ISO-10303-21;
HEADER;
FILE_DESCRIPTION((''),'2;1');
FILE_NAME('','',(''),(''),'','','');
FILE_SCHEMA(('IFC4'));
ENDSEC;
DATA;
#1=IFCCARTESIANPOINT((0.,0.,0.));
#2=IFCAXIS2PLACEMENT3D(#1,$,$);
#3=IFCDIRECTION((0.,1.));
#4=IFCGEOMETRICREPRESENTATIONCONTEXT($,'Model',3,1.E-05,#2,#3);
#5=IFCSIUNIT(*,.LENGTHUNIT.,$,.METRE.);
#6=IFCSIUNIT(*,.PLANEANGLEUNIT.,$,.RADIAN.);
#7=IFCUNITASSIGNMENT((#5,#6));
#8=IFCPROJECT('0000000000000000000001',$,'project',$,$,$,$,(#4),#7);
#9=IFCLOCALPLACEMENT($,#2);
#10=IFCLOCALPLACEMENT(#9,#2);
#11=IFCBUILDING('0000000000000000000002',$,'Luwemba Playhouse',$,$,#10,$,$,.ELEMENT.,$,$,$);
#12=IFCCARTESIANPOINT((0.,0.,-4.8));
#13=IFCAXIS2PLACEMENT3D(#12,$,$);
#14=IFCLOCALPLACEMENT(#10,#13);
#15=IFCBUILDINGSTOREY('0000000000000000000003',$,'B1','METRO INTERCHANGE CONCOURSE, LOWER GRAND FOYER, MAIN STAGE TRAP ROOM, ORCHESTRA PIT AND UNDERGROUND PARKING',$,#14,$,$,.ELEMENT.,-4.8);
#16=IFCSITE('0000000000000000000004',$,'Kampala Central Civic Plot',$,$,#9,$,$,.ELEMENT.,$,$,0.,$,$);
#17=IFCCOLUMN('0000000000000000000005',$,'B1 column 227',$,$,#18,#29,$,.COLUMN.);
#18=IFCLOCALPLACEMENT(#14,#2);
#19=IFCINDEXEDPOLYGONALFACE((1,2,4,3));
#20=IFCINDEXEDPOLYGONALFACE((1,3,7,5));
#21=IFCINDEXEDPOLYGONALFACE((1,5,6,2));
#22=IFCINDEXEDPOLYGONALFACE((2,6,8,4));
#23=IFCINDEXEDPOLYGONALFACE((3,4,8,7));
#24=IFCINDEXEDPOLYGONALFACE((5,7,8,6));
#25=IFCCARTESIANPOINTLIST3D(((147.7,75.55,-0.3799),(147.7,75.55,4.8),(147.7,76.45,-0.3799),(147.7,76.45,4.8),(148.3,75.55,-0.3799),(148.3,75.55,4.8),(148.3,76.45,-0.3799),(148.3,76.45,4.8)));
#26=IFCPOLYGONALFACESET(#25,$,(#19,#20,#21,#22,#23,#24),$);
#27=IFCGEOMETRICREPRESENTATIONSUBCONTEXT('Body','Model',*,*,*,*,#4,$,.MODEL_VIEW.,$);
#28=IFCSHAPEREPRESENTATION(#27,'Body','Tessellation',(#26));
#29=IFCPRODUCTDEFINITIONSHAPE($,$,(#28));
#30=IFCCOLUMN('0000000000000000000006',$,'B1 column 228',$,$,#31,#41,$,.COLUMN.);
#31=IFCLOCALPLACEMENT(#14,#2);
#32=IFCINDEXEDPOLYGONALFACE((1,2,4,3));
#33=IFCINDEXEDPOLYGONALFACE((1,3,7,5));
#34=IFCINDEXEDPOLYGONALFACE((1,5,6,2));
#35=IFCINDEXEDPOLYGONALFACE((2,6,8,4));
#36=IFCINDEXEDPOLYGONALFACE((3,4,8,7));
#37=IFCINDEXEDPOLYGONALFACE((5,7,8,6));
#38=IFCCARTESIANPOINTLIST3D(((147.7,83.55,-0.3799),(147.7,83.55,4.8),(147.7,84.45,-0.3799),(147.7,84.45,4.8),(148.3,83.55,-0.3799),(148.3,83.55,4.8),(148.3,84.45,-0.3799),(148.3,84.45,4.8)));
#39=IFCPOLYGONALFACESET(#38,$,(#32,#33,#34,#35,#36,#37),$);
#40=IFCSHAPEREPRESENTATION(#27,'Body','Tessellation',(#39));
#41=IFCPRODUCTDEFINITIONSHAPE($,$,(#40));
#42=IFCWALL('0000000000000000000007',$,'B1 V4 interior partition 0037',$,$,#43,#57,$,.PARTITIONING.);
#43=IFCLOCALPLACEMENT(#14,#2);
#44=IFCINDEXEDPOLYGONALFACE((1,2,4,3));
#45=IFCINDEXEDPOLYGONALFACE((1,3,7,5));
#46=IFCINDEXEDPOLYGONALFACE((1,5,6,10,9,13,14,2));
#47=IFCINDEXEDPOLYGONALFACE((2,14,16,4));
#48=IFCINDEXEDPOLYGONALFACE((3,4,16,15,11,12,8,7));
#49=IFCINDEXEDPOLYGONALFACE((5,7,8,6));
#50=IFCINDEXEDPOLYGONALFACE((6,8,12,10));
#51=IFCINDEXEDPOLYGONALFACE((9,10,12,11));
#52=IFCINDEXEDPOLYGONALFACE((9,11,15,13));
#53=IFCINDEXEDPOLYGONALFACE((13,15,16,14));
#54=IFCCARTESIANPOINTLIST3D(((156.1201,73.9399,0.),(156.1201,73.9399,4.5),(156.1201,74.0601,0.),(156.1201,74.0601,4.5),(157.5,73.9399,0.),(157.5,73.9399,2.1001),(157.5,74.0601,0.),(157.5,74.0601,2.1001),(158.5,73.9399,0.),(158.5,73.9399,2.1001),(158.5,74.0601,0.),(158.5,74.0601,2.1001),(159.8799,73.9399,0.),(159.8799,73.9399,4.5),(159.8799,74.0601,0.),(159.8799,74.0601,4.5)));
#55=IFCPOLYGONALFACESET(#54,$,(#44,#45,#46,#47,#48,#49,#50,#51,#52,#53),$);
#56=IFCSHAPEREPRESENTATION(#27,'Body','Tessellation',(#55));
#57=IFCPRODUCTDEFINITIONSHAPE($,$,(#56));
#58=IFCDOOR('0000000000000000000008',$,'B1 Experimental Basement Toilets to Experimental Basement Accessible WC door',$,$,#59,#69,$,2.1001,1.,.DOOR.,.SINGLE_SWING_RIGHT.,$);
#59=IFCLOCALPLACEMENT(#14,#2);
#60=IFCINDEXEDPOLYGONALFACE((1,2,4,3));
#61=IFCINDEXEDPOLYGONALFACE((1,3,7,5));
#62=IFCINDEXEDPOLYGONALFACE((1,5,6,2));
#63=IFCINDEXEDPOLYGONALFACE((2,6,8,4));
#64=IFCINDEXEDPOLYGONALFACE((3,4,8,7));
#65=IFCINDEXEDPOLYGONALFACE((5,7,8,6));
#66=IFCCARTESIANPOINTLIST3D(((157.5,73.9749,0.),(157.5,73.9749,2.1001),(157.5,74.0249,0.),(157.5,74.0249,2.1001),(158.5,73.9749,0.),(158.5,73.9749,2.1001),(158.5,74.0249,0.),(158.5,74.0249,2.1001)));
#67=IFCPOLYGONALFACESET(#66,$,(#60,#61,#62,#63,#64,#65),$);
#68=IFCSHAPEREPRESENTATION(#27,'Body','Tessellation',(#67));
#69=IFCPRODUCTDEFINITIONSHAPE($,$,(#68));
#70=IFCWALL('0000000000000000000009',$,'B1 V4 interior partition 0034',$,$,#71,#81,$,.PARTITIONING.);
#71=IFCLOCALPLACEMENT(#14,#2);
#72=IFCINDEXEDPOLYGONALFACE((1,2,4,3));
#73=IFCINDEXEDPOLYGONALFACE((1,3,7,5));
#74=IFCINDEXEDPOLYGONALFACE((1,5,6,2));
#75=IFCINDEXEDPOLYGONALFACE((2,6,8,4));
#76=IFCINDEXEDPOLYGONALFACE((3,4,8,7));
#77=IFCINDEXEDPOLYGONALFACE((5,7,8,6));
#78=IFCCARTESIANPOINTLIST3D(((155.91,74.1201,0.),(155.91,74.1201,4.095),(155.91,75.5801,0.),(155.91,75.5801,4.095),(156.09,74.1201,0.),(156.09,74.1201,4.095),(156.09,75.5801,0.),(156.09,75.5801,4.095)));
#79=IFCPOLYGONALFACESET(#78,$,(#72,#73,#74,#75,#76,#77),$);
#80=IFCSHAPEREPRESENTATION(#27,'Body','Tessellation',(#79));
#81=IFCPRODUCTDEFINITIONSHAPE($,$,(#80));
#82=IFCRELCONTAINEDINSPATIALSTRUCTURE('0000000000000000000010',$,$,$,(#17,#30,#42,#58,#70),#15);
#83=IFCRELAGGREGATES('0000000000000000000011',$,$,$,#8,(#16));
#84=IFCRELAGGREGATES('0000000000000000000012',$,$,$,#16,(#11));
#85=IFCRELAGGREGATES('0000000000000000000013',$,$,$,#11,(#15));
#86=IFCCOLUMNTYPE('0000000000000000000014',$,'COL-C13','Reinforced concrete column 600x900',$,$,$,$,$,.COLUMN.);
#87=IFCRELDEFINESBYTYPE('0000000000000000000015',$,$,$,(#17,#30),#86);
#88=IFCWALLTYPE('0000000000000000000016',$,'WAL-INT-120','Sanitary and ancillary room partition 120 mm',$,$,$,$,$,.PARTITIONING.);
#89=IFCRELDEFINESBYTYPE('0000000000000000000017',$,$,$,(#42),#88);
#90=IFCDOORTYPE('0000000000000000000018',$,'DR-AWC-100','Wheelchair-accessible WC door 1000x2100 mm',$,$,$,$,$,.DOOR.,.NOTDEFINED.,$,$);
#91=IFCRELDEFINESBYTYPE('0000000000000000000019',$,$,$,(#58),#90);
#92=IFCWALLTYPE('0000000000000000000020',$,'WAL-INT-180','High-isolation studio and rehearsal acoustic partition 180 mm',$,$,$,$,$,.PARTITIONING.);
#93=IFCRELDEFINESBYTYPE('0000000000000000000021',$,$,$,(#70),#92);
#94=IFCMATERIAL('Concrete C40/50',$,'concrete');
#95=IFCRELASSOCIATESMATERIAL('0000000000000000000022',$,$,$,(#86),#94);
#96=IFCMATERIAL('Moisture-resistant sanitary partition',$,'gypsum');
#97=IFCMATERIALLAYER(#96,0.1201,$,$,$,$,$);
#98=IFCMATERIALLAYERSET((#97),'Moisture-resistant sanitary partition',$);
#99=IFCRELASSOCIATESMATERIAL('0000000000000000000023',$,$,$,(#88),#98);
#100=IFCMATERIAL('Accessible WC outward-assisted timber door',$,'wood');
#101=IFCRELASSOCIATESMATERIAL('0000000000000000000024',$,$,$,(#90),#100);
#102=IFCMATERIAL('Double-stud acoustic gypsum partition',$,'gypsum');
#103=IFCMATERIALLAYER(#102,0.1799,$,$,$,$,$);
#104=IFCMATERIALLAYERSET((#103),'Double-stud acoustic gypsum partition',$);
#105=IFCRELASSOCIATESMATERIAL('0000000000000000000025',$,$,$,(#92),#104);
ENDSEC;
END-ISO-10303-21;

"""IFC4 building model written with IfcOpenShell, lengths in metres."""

from ifc_helpers import new_model, si_unit, direction, frame, frame_2d, origin, origin_2d, place, context, subcontext, project, spatial, rectangle, extrude, material, layer, layer_set, material_profile, profile_set, type_object, element, fill, save


model = new_model("IFC4")

# Units and contexts
model_context = context("Model", 3, precision=1e-05, world=origin(), true_north=direction((0.0, 1.0)))
body_context = subcontext(model_context, "Body", "Model", "MODEL_VIEW")
ifc_project = project(units=[si_unit("LENGTHUNIT", "METRE"), si_unit("PLANEANGLEUNIT", "RADIAN")], contexts=[model_context])

# Site, building, storey
site_placement = place(None, origin())
site = spatial("IfcSite", under=ifc_project, at=site_placement, Name="Kampala Central Civic Plot", CompositionType="ELEMENT", RefElevation=0.0)
building_placement = place(site_placement, origin())
building = spatial("IfcBuilding", under=site, at=building_placement, Name="Luwemba Playhouse", CompositionType="ELEMENT")
storey_placement = place(building_placement, frame((0.0, 0.0, -4.8)))
storey = spatial("IfcBuildingStorey", under=building, at=storey_placement, Name="B1", Description="METRO INTERCHANGE CONCOURSE, LOWER GRAND FOYER, MAIN STAGE TRAP ROOM, ORCHESTRA PIT AND UNDERGROUND PARKING", CompositionType="ELEMENT", Elevation=-4.8)

# Columns
ifc_material_1 = material(Name="Concrete C40/50", Category="concrete")
ifc_material_profile_1 = material_profile(ifc_material_1, rectangle(XDim=0.6001, YDim=0.8999, at=origin_2d()))
ifc_profile_set_1 = profile_set([ifc_material_profile_1], Name="Concrete C40/50")
column_type_1 = type_object("IfcColumnType", Name="COL-C13", Description="Reinforced concrete column 600x900", PredefinedType="COLUMN", material=ifc_profile_set_1)
for number, where, z_axis, x_axis, name in (
    (1, (148.0, 76.0, -0.3799), (0.0, 0.0, 1.0), (1.0, 0.0, 0.0), "B1 column 227"),
    (2, (148.0, 84.0, -0.3799), (0.0, 0.0, 1.0), (1.0, 0.0, 0.0), "B1 column 228"),
):
    element("IfcColumn", number, at=place(storey_placement, frame(where, z_axis=z_axis, x_axis=x_axis)), inside=storey, type_object=column_type_1, Name=name, PredefinedType="COLUMN", context=body_context, shape_type="SweptSolid", body=[
        extrude(rectangle(XDim=0.6001, YDim=0.8999, at=origin_2d()), origin(), (0.0, 0.0, 1.0), 5.1799),
    ])

# Wall, opening, door
ifc_material_2 = material(Name="Moisture-resistant sanitary partition", Category="gypsum")
ifc_layer_1 = layer(ifc_material_2, 0.1201)
ifc_layer_set_1 = layer_set([ifc_layer_1], Name="Moisture-resistant sanitary partition")
wall_type_1 = type_object("IfcWallType", Name="WAL-INT-120", Description="Sanitary and ancillary room partition 120 mm", PredefinedType="PARTITIONING", material=ifc_layer_set_1)
wall_1_placement = place(storey_placement, frame((156.1201, 74.0, 0.0), z_axis=(0.0, 0.0, 1.0), x_axis=(1.0, 0.0, 0.0)))
wall_1 = element("IfcWall", 3, at=wall_1_placement, inside=storey, type_object=wall_type_1, Name="B1 V4 interior partition 0037", PredefinedType="PARTITIONING", context=body_context, shape_type="SweptSolid", body=[
    extrude(rectangle(XDim=3.7598, YDim=0.1201, at=frame_2d((1.8799, 0.0))), origin(), (0.0, 0.0, 1.0), 4.5),
])
opening_placement = place(wall_1_placement, frame((1.3799, 0.0, 0.0)))
opening = element("IfcOpeningElement", 4, at=opening_placement, cuts=wall_1, PredefinedType="OPENING", context=body_context, shape_type="SweptSolid", body=[
    extrude(rectangle(XDim=1.0, YDim=2.1001, at=frame_2d((0.5, 1.05))), frame((0.0, 0.0701, 0.0), z_axis=(0.0, -1.0, 0.0), x_axis=(1.0, 0.0, 0.0)), (0.0, 0.0, 1.0), 0.1401),
])
ifc_material_3 = material(Name="Accessible WC outward-assisted timber door", Category="wood")
door_type = type_object("IfcDoorType", Name="DR-AWC-100", Description="Wheelchair-accessible WC door 1000x2100 mm", OperationType="NOTDEFINED", PredefinedType="DOOR", material=ifc_material_3)
door_placement = place(opening_placement, origin())
door = element("IfcDoor", 5, at=door_placement, inside=storey, type_object=door_type, Name="B1 Experimental Basement Toilets to Experimental Basement Accessible WC door", OperationType="SINGLE_SWING_RIGHT", OverallHeight=2.1001, OverallWidth=1.0, PredefinedType="DOOR", context=body_context, shape_type="SweptSolid", body=[
    extrude(rectangle(XDim=1.0, YDim=2.1001, at=frame_2d((0.5, 1.05))), frame((0.0, 0.0249, 0.0), z_axis=(0.0, -1.0, 0.0), x_axis=(1.0, 0.0, 0.0)), (0.0, 0.0, 1.0), 0.05),
])
fill(opening, door)

# Wall
ifc_material_4 = material(Name="Double-stud acoustic gypsum partition", Category="gypsum")
ifc_layer_2 = layer(ifc_material_4, 0.1799)
ifc_layer_set_2 = layer_set([ifc_layer_2], Name="Double-stud acoustic gypsum partition")
wall_type_2 = type_object("IfcWallType", Name="WAL-INT-180", Description="High-isolation studio and rehearsal acoustic partition 180 mm", PredefinedType="PARTITIONING", material=ifc_layer_set_2)
wall_2_placement = place(storey_placement, frame((156.0, 74.1201, 0.0), z_axis=(0.0, 0.0, 1.0), x_axis=(0.0, 1.0, 0.0)))
element("IfcWall", 6, at=wall_2_placement, inside=storey, type_object=wall_type_2, Name="B1 V4 interior partition 0034", PredefinedType="PARTITIONING", context=body_context, shape_type="SweptSolid", body=[
    extrude(rectangle(XDim=1.46, YDim=0.1799, at=frame_2d((0.73, 0.0))), origin(), (0.0, 0.0, 1.0), 4.095),
])

save(model, "model.ifc")
